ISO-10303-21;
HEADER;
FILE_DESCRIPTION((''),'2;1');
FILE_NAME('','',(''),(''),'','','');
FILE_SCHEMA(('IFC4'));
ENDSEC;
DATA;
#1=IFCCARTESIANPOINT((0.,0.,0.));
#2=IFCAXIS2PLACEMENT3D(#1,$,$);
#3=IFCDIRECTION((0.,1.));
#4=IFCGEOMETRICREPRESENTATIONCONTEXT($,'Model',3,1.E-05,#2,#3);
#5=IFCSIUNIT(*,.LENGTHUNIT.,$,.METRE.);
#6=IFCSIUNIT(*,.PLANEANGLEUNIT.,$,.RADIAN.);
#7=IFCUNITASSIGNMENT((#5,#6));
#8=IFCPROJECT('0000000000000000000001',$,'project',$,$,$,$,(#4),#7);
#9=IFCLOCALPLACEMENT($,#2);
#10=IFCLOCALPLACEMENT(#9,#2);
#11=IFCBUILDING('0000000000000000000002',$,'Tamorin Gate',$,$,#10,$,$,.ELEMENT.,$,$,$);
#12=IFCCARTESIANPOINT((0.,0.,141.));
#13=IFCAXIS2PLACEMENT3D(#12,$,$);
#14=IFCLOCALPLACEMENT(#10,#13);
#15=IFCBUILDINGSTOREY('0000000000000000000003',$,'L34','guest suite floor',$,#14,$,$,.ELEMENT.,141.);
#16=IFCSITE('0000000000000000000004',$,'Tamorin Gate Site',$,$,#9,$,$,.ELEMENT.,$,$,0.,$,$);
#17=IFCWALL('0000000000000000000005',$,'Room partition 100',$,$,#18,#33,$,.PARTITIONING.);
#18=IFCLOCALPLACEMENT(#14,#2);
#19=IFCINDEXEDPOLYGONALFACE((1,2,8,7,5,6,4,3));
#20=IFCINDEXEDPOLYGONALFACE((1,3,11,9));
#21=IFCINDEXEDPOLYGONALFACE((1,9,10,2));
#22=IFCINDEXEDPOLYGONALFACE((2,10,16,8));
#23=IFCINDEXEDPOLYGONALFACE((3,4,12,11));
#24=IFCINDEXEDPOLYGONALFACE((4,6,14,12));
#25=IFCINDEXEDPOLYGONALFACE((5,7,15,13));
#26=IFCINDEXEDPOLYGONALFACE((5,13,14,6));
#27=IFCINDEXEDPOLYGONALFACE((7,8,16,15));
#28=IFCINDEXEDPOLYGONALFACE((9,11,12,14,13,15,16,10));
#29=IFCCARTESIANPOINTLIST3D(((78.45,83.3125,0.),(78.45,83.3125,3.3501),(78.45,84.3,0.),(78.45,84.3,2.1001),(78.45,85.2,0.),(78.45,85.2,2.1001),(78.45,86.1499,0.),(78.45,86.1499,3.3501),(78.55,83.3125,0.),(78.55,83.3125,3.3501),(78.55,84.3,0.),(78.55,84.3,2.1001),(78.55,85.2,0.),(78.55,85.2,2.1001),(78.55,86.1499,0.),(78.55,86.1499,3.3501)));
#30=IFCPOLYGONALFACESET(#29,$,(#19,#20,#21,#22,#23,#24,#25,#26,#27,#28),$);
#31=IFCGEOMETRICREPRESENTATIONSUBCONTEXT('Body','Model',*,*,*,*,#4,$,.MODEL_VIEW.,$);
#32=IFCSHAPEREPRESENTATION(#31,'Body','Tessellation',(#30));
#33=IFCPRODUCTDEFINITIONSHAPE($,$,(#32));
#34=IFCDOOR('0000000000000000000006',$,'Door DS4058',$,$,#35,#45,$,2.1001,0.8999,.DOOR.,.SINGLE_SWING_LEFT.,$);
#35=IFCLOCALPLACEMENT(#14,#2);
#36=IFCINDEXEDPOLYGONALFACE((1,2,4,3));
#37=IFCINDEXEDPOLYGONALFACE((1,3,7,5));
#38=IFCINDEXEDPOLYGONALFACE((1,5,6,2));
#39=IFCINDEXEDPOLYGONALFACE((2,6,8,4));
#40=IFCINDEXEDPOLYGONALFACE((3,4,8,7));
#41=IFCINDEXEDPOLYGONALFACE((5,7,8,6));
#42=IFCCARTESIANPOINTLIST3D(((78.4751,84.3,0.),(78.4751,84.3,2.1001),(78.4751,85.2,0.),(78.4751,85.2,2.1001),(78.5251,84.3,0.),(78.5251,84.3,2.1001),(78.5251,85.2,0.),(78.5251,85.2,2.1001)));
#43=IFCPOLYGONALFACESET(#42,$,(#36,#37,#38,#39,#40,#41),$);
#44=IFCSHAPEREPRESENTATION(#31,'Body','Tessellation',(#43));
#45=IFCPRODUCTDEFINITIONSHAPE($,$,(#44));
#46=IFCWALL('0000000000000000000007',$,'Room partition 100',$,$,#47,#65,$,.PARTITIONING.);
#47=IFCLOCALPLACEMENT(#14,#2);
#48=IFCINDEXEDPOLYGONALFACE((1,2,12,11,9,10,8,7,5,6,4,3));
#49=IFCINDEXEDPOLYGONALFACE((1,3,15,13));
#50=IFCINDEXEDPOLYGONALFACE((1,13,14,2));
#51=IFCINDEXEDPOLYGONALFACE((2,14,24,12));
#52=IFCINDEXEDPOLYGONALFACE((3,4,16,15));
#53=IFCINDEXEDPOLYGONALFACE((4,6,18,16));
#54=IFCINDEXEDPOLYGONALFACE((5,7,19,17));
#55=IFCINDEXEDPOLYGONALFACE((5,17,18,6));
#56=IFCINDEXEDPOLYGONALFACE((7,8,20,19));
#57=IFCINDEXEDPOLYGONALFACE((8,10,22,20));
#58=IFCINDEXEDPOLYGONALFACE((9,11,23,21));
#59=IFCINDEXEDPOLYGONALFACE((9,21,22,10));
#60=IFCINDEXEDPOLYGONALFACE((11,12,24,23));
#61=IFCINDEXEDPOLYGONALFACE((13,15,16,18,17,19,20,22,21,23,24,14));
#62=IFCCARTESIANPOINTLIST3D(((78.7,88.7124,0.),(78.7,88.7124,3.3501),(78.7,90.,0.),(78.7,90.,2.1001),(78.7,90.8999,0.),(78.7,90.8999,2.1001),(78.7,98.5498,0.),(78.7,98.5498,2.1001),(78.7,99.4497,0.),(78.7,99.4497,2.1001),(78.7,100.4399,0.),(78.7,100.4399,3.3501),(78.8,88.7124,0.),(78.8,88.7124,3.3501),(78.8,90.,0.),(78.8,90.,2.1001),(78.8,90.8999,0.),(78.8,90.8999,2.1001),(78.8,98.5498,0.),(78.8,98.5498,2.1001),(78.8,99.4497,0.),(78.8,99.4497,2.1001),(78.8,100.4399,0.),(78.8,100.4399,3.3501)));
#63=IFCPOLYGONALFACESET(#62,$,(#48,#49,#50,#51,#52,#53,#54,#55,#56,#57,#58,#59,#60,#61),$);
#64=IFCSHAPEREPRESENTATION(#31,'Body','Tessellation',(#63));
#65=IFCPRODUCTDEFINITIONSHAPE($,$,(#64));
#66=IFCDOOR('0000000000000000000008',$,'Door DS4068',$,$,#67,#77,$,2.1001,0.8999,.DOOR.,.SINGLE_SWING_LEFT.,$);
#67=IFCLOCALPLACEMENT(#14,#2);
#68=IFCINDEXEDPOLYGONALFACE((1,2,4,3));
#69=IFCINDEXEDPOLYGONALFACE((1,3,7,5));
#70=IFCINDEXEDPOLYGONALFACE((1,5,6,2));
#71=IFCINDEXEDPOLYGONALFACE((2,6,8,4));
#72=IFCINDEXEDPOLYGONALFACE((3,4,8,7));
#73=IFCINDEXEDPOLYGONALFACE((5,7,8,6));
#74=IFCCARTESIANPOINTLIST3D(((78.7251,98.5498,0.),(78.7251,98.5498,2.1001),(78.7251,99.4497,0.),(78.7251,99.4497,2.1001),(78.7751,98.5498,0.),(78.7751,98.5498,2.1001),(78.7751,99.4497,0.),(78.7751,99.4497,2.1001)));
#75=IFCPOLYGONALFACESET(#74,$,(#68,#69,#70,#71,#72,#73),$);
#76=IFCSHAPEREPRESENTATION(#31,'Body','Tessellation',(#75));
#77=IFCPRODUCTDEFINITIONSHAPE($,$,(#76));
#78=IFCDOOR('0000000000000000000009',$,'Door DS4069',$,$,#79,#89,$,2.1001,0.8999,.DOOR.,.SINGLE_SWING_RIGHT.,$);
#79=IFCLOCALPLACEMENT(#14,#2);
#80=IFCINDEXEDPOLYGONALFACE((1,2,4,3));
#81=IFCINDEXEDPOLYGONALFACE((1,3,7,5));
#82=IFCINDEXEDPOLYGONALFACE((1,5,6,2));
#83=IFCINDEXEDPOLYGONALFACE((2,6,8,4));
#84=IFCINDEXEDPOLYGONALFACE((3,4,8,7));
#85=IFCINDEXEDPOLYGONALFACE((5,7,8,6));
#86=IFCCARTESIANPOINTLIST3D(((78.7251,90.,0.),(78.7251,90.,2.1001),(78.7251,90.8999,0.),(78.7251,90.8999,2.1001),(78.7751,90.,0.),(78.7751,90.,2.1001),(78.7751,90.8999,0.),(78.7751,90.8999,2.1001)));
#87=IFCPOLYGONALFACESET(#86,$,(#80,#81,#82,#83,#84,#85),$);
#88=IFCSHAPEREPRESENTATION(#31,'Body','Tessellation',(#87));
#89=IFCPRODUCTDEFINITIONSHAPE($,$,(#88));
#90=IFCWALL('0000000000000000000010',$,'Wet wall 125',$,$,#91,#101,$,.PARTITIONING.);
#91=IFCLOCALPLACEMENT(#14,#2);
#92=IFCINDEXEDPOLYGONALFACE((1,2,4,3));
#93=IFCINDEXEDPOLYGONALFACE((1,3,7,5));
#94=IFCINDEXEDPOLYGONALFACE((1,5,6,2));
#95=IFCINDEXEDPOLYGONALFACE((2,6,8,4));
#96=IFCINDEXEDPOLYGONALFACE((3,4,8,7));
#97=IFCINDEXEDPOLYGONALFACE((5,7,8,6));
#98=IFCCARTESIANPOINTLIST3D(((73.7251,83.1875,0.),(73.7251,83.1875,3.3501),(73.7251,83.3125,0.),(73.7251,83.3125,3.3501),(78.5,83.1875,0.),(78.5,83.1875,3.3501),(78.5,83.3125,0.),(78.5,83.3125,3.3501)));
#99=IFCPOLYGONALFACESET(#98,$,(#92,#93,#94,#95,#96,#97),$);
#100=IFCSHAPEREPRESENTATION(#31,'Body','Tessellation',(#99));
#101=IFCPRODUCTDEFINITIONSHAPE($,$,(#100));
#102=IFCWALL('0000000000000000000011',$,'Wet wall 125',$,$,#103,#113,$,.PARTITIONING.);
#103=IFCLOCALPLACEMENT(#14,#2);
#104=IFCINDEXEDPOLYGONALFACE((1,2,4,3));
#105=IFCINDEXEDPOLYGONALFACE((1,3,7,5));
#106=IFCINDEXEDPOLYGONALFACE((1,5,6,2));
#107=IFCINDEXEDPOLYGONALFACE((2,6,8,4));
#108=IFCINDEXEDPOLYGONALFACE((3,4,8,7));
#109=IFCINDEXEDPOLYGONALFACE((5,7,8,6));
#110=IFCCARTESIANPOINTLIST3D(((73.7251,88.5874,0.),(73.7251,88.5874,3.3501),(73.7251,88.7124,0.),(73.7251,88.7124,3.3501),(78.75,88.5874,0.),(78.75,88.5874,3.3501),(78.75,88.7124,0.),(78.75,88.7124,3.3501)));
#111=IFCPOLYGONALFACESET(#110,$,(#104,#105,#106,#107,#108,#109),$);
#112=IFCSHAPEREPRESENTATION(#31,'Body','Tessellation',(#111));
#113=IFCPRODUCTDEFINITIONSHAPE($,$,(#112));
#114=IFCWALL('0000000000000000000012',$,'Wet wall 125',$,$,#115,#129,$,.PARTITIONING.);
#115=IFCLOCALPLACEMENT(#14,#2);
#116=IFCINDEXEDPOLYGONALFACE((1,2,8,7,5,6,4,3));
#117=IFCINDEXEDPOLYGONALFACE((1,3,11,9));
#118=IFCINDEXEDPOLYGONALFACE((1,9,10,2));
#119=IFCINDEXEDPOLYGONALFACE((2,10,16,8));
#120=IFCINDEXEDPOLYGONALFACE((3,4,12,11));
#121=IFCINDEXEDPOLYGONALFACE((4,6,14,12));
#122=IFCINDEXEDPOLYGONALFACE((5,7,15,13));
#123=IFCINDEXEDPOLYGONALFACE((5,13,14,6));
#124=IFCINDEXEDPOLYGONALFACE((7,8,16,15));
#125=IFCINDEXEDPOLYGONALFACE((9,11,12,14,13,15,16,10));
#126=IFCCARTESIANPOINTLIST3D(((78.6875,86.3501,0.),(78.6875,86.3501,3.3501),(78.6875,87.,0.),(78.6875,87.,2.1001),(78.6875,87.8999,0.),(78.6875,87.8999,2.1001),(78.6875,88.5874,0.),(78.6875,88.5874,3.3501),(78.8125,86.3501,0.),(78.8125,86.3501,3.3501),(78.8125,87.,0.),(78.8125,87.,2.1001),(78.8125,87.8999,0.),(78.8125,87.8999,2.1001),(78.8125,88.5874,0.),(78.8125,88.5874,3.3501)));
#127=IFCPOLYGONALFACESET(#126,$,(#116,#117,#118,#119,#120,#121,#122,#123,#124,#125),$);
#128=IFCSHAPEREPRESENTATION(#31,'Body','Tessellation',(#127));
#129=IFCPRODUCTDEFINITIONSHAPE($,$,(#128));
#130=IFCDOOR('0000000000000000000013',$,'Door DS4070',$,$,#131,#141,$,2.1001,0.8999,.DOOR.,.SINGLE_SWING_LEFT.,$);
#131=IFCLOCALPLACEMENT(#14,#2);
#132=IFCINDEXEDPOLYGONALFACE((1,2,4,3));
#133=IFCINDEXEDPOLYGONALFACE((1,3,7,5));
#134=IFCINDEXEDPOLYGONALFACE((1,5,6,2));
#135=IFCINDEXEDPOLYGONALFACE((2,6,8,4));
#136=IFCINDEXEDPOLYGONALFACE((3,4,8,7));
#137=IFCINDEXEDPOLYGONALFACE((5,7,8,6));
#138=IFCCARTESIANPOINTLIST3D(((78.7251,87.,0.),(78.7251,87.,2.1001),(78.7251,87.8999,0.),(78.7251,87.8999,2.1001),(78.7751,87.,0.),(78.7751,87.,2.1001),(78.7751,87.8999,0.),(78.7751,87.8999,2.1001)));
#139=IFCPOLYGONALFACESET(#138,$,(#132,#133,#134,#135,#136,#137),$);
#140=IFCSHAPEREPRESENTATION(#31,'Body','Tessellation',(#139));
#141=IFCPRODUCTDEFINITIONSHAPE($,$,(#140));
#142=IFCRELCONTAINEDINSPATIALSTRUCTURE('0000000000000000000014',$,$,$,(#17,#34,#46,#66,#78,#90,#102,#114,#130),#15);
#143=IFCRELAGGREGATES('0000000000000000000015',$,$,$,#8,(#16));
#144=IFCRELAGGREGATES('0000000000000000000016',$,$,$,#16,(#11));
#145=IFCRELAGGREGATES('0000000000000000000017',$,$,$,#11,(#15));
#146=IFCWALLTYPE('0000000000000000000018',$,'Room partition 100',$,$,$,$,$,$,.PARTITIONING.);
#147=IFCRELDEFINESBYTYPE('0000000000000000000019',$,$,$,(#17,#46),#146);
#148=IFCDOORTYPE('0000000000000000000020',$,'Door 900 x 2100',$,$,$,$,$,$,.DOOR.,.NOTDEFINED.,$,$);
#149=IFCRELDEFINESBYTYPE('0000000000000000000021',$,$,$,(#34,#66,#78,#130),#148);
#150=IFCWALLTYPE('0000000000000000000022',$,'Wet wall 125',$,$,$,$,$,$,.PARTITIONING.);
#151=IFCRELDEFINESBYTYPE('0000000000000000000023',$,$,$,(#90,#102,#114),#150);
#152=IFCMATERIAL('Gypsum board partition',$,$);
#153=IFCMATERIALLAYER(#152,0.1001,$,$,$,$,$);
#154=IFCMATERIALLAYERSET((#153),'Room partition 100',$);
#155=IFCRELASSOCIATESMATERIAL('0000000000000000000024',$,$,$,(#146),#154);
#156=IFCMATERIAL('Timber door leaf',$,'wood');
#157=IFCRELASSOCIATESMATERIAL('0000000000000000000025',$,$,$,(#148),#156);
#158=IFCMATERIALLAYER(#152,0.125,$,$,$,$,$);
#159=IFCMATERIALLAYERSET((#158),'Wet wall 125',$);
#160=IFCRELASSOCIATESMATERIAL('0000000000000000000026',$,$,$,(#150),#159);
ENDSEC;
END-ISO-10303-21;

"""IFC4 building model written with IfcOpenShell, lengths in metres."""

from ifc_helpers import new_model, si_unit, direction, frame, frame_2d, origin, place, context, subcontext, project, spatial, rectangle, extrude, material, layer, layer_set, type_object, element, fill, save


model = new_model("IFC4")

# Units and contexts
model_context = context("Model", 3, precision=1e-05, world=origin(), true_north=direction((0.0, 1.0)))
body_context = subcontext(model_context, "Body", "Model", "MODEL_VIEW")
ifc_project = project(units=[si_unit("LENGTHUNIT", "METRE"), si_unit("PLANEANGLEUNIT", "RADIAN")], contexts=[model_context])

# Site, building, storey
site_placement = place(None, origin())
site = spatial("IfcSite", under=ifc_project, at=site_placement, Name="Tamorin Gate Site", CompositionType="ELEMENT", RefElevation=0.0)
building_placement = place(site_placement, origin())
building = spatial("IfcBuilding", under=site, at=building_placement, Name="Tamorin Gate", CompositionType="ELEMENT")
storey_placement = place(building_placement, frame((0.0, 0.0, 141.0)))
storey = spatial("IfcBuildingStorey", under=building, at=storey_placement, Name="L34", Description="guest suite floor", CompositionType="ELEMENT", Elevation=141.0)

# Shared definitions
ifc_material_1 = material(Name="Gypsum board partition")

# Wall, opening, door
ifc_layer_1 = layer(ifc_material_1, 0.1001)
ifc_layer_set_1 = layer_set([ifc_layer_1], Name="Room partition 100")
wall_type_1 = type_object("IfcWallType", Name="Room partition 100", PredefinedType="PARTITIONING", material=ifc_layer_set_1)
wall_1_placement = place(storey_placement, frame((78.5, 83.3125, 0.0), z_axis=(0.0, 0.0, 1.0), x_axis=(0.0, 1.0, 0.0)))
wall_1 = element("IfcWall", 1, at=wall_1_placement, inside=storey, type_object=wall_type_1, Name="Room partition 100", PredefinedType="PARTITIONING", context=body_context, shape_type="SweptSolid", body=[
    extrude(rectangle(XDim=2.8374, YDim=0.1001, at=frame_2d((1.4187, 0.0))), origin(), (0.0, 0.0, 1.0), 3.3501),
])
opening_1_placement = place(wall_1_placement, frame((0.9875, 0.0, 0.0)))
opening_1 = element("IfcOpeningElement", 2, at=opening_1_placement, cuts=wall_1, PredefinedType="OPENING", context=body_context, shape_type="SweptSolid", body=[
    extrude(rectangle(XDim=0.8999, YDim=2.1001, at=frame_2d((0.45, 1.05))), frame((0.0, 0.0601, 0.0), z_axis=(0.0, -1.0, 0.0), x_axis=(1.0, 0.0, 0.0)), (0.0, 0.0, 1.0), 0.1201),
])
ifc_material_2 = material(Name="Timber door leaf", Category="wood")
door_type = type_object("IfcDoorType", Name="Door 900 x 2100", OperationType="NOTDEFINED", PredefinedType="DOOR", material=ifc_material_2)
door_1_placement = place(opening_1_placement, origin())
door_1 = element("IfcDoor", 3, at=door_1_placement, inside=storey, type_object=door_type, Name="Door DS4058", OperationType="SINGLE_SWING_LEFT", OverallHeight=2.1001, OverallWidth=0.8999, PredefinedType="DOOR", context=body_context, shape_type="SweptSolid", body=[
    extrude(rectangle(XDim=0.8999, YDim=2.1001, at=frame_2d((0.45, 1.05))), frame((0.0, 0.0249, 0.0), z_axis=(0.0, -1.0, 0.0), x_axis=(1.0, 0.0, 0.0)), (0.0, 0.0, 1.0), 0.05),
])
fill(opening_1, door_1)

# Wall, openings, doors
wall_2_placement = place(storey_placement, frame((78.75, 88.7124, 0.0), z_axis=(0.0, 0.0, 1.0), x_axis=(0.0, 1.0, 0.0)))
wall_2 = element("IfcWall", 4, at=wall_2_placement, inside=storey, type_object=wall_type_1, Name="Room partition 100", PredefinedType="PARTITIONING", context=body_context, shape_type="SweptSolid", body=[
    extrude(rectangle(XDim=11.7275, YDim=0.1001, at=frame_2d((5.8638, 0.0))), origin(), (0.0, 0.0, 1.0), 3.3501),
])
opening_2_placement = place(wall_2_placement, frame((9.8374, 0.0, 0.0)))
opening_2 = element("IfcOpeningElement", 5, at=opening_2_placement, cuts=wall_2, PredefinedType="OPENING", context=body_context, shape_type="SweptSolid", body=[
    extrude(rectangle(XDim=0.8999, YDim=2.1001, at=frame_2d((0.45, 1.05))), frame((0.0, 0.0601, 0.0), z_axis=(0.0, -1.0, 0.0), x_axis=(1.0, 0.0, 0.0)), (0.0, 0.0, 1.0), 0.1201),
])
opening_3_placement = place(wall_2_placement, frame((1.2876, 0.0, 0.0)))
opening_3 = element("IfcOpeningElement", 6, at=opening_3_placement, cuts=wall_2, PredefinedType="OPENING", context=body_context, shape_type="SweptSolid", body=[
    extrude(rectangle(XDim=0.8999, YDim=2.1001, at=frame_2d((0.45, 1.05))), frame((0.0, 0.0601, 0.0), z_axis=(0.0, -1.0, 0.0), x_axis=(1.0, 0.0, 0.0)), (0.0, 0.0, 1.0), 0.1201),
])
door_2_placement = place(opening_2_placement, origin())
door_2 = element("IfcDoor", 7, at=door_2_placement, inside=storey, type_object=door_type, Name="Door DS4068", OperationType="SINGLE_SWING_LEFT", OverallHeight=2.1001, OverallWidth=0.8999, PredefinedType="DOOR", context=body_context, shape_type="SweptSolid", body=[
    extrude(rectangle(XDim=0.8999, YDim=2.1001, at=frame_2d((0.45, 1.05))), frame((0.0, 0.0249, 0.0), z_axis=(0.0, -1.0, 0.0), x_axis=(1.0, 0.0, 0.0)), (0.0, 0.0, 1.0), 0.05),
])
fill(opening_2, door_2)
door_3_placement = place(opening_3_placement, origin())
door_3 = element("IfcDoor", 8, at=door_3_placement, inside=storey, type_object=door_type, Name="Door DS4069", OperationType="SINGLE_SWING_RIGHT", OverallHeight=2.1001, OverallWidth=0.8999, PredefinedType="DOOR", context=body_context, shape_type="SweptSolid", body=[
    extrude(rectangle(XDim=0.8999, YDim=2.1001, at=frame_2d((0.45, 1.05))), frame((0.0, 0.0249, 0.0), z_axis=(0.0, -1.0, 0.0), x_axis=(1.0, 0.0, 0.0)), (0.0, 0.0, 1.0), 0.05),
])
fill(opening_3, door_3)

# Walls
ifc_layer_2 = layer(ifc_material_1, 0.125)
ifc_layer_set_2 = layer_set([ifc_layer_2], Name="Wet wall 125")
wall_type_2 = type_object("IfcWallType", Name="Wet wall 125", PredefinedType="PARTITIONING", material=ifc_layer_set_2)
wall_3_placement = place(storey_placement, frame((73.7251, 83.25, 0.0), z_axis=(0.0, 0.0, 1.0), x_axis=(1.0, 0.0, 0.0)))
element("IfcWall", 9, at=wall_3_placement, inside=storey, type_object=wall_type_2, Name="Wet wall 125", PredefinedType="PARTITIONING", context=body_context, shape_type="SweptSolid", body=[
    extrude(rectangle(XDim=4.7749, YDim=0.125, at=frame_2d((2.3875, 0.0))), origin(), (0.0, 0.0, 1.0), 3.3501),
])
wall_4_placement = place(storey_placement, frame((73.7251, 88.6499, 0.0), z_axis=(0.0, 0.0, 1.0), x_axis=(1.0, 0.0, 0.0)))
element("IfcWall", 10, at=wall_4_placement, inside=storey, type_object=wall_type_2, Name="Wet wall 125", PredefinedType="PARTITIONING", context=body_context, shape_type="SweptSolid", body=[
    extrude(rectangle(XDim=5.0249, YDim=0.125, at=frame_2d((2.5125, 0.0))), origin(), (0.0, 0.0, 1.0), 3.3501),
])

# Wall, opening, door
wall_5_placement = place(storey_placement, frame((78.75, 86.3501, 0.0), z_axis=(0.0, 0.0, 1.0), x_axis=(0.0, 1.0, 0.0)))
wall_5 = element("IfcWall", 11, at=wall_5_placement, inside=storey, type_object=wall_type_2, Name="Wet wall 125", PredefinedType="PARTITIONING", context=body_context, shape_type="SweptSolid", body=[
    extrude(rectangle(XDim=2.2373, YDim=0.125, at=frame_2d((1.1187, 0.0))), origin(), (0.0, 0.0, 1.0), 3.3501),
])
opening_4_placement = place(wall_5_placement, frame((0.6499, 0.0, 0.0)))
opening_4 = element("IfcOpeningElement", 12, at=opening_4_placement, cuts=wall_5, PredefinedType="OPENING", context=body_context, shape_type="SweptSolid", body=[
    extrude(rectangle(XDim=0.8999, YDim=2.1001, at=frame_2d((0.45, 1.05))), frame((0.0, 0.0725, 0.0), z_axis=(0.0, -1.0, 0.0), x_axis=(1.0, 0.0, 0.0)), (0.0, 0.0, 1.0), 0.145),
])
door_4_placement = place(opening_4_placement, origin())
door_4 = element("IfcDoor", 13, at=door_4_placement, inside=storey, type_object=door_type, Name="Door DS4070", OperationType="SINGLE_SWING_LEFT", OverallHeight=2.1001, OverallWidth=0.8999, PredefinedType="DOOR", context=body_context, shape_type="SweptSolid", body=[
    extrude(rectangle(XDim=0.8999, YDim=2.1001, at=frame_2d((0.45, 1.05))), frame((0.0, 0.0249, 0.0), z_axis=(0.0, -1.0, 0.0), x_axis=(1.0, 0.0, 0.0)), (0.0, 0.0, 1.0), 0.05),
])
fill(opening_4, door_4)

save(model, "model.ifc")
